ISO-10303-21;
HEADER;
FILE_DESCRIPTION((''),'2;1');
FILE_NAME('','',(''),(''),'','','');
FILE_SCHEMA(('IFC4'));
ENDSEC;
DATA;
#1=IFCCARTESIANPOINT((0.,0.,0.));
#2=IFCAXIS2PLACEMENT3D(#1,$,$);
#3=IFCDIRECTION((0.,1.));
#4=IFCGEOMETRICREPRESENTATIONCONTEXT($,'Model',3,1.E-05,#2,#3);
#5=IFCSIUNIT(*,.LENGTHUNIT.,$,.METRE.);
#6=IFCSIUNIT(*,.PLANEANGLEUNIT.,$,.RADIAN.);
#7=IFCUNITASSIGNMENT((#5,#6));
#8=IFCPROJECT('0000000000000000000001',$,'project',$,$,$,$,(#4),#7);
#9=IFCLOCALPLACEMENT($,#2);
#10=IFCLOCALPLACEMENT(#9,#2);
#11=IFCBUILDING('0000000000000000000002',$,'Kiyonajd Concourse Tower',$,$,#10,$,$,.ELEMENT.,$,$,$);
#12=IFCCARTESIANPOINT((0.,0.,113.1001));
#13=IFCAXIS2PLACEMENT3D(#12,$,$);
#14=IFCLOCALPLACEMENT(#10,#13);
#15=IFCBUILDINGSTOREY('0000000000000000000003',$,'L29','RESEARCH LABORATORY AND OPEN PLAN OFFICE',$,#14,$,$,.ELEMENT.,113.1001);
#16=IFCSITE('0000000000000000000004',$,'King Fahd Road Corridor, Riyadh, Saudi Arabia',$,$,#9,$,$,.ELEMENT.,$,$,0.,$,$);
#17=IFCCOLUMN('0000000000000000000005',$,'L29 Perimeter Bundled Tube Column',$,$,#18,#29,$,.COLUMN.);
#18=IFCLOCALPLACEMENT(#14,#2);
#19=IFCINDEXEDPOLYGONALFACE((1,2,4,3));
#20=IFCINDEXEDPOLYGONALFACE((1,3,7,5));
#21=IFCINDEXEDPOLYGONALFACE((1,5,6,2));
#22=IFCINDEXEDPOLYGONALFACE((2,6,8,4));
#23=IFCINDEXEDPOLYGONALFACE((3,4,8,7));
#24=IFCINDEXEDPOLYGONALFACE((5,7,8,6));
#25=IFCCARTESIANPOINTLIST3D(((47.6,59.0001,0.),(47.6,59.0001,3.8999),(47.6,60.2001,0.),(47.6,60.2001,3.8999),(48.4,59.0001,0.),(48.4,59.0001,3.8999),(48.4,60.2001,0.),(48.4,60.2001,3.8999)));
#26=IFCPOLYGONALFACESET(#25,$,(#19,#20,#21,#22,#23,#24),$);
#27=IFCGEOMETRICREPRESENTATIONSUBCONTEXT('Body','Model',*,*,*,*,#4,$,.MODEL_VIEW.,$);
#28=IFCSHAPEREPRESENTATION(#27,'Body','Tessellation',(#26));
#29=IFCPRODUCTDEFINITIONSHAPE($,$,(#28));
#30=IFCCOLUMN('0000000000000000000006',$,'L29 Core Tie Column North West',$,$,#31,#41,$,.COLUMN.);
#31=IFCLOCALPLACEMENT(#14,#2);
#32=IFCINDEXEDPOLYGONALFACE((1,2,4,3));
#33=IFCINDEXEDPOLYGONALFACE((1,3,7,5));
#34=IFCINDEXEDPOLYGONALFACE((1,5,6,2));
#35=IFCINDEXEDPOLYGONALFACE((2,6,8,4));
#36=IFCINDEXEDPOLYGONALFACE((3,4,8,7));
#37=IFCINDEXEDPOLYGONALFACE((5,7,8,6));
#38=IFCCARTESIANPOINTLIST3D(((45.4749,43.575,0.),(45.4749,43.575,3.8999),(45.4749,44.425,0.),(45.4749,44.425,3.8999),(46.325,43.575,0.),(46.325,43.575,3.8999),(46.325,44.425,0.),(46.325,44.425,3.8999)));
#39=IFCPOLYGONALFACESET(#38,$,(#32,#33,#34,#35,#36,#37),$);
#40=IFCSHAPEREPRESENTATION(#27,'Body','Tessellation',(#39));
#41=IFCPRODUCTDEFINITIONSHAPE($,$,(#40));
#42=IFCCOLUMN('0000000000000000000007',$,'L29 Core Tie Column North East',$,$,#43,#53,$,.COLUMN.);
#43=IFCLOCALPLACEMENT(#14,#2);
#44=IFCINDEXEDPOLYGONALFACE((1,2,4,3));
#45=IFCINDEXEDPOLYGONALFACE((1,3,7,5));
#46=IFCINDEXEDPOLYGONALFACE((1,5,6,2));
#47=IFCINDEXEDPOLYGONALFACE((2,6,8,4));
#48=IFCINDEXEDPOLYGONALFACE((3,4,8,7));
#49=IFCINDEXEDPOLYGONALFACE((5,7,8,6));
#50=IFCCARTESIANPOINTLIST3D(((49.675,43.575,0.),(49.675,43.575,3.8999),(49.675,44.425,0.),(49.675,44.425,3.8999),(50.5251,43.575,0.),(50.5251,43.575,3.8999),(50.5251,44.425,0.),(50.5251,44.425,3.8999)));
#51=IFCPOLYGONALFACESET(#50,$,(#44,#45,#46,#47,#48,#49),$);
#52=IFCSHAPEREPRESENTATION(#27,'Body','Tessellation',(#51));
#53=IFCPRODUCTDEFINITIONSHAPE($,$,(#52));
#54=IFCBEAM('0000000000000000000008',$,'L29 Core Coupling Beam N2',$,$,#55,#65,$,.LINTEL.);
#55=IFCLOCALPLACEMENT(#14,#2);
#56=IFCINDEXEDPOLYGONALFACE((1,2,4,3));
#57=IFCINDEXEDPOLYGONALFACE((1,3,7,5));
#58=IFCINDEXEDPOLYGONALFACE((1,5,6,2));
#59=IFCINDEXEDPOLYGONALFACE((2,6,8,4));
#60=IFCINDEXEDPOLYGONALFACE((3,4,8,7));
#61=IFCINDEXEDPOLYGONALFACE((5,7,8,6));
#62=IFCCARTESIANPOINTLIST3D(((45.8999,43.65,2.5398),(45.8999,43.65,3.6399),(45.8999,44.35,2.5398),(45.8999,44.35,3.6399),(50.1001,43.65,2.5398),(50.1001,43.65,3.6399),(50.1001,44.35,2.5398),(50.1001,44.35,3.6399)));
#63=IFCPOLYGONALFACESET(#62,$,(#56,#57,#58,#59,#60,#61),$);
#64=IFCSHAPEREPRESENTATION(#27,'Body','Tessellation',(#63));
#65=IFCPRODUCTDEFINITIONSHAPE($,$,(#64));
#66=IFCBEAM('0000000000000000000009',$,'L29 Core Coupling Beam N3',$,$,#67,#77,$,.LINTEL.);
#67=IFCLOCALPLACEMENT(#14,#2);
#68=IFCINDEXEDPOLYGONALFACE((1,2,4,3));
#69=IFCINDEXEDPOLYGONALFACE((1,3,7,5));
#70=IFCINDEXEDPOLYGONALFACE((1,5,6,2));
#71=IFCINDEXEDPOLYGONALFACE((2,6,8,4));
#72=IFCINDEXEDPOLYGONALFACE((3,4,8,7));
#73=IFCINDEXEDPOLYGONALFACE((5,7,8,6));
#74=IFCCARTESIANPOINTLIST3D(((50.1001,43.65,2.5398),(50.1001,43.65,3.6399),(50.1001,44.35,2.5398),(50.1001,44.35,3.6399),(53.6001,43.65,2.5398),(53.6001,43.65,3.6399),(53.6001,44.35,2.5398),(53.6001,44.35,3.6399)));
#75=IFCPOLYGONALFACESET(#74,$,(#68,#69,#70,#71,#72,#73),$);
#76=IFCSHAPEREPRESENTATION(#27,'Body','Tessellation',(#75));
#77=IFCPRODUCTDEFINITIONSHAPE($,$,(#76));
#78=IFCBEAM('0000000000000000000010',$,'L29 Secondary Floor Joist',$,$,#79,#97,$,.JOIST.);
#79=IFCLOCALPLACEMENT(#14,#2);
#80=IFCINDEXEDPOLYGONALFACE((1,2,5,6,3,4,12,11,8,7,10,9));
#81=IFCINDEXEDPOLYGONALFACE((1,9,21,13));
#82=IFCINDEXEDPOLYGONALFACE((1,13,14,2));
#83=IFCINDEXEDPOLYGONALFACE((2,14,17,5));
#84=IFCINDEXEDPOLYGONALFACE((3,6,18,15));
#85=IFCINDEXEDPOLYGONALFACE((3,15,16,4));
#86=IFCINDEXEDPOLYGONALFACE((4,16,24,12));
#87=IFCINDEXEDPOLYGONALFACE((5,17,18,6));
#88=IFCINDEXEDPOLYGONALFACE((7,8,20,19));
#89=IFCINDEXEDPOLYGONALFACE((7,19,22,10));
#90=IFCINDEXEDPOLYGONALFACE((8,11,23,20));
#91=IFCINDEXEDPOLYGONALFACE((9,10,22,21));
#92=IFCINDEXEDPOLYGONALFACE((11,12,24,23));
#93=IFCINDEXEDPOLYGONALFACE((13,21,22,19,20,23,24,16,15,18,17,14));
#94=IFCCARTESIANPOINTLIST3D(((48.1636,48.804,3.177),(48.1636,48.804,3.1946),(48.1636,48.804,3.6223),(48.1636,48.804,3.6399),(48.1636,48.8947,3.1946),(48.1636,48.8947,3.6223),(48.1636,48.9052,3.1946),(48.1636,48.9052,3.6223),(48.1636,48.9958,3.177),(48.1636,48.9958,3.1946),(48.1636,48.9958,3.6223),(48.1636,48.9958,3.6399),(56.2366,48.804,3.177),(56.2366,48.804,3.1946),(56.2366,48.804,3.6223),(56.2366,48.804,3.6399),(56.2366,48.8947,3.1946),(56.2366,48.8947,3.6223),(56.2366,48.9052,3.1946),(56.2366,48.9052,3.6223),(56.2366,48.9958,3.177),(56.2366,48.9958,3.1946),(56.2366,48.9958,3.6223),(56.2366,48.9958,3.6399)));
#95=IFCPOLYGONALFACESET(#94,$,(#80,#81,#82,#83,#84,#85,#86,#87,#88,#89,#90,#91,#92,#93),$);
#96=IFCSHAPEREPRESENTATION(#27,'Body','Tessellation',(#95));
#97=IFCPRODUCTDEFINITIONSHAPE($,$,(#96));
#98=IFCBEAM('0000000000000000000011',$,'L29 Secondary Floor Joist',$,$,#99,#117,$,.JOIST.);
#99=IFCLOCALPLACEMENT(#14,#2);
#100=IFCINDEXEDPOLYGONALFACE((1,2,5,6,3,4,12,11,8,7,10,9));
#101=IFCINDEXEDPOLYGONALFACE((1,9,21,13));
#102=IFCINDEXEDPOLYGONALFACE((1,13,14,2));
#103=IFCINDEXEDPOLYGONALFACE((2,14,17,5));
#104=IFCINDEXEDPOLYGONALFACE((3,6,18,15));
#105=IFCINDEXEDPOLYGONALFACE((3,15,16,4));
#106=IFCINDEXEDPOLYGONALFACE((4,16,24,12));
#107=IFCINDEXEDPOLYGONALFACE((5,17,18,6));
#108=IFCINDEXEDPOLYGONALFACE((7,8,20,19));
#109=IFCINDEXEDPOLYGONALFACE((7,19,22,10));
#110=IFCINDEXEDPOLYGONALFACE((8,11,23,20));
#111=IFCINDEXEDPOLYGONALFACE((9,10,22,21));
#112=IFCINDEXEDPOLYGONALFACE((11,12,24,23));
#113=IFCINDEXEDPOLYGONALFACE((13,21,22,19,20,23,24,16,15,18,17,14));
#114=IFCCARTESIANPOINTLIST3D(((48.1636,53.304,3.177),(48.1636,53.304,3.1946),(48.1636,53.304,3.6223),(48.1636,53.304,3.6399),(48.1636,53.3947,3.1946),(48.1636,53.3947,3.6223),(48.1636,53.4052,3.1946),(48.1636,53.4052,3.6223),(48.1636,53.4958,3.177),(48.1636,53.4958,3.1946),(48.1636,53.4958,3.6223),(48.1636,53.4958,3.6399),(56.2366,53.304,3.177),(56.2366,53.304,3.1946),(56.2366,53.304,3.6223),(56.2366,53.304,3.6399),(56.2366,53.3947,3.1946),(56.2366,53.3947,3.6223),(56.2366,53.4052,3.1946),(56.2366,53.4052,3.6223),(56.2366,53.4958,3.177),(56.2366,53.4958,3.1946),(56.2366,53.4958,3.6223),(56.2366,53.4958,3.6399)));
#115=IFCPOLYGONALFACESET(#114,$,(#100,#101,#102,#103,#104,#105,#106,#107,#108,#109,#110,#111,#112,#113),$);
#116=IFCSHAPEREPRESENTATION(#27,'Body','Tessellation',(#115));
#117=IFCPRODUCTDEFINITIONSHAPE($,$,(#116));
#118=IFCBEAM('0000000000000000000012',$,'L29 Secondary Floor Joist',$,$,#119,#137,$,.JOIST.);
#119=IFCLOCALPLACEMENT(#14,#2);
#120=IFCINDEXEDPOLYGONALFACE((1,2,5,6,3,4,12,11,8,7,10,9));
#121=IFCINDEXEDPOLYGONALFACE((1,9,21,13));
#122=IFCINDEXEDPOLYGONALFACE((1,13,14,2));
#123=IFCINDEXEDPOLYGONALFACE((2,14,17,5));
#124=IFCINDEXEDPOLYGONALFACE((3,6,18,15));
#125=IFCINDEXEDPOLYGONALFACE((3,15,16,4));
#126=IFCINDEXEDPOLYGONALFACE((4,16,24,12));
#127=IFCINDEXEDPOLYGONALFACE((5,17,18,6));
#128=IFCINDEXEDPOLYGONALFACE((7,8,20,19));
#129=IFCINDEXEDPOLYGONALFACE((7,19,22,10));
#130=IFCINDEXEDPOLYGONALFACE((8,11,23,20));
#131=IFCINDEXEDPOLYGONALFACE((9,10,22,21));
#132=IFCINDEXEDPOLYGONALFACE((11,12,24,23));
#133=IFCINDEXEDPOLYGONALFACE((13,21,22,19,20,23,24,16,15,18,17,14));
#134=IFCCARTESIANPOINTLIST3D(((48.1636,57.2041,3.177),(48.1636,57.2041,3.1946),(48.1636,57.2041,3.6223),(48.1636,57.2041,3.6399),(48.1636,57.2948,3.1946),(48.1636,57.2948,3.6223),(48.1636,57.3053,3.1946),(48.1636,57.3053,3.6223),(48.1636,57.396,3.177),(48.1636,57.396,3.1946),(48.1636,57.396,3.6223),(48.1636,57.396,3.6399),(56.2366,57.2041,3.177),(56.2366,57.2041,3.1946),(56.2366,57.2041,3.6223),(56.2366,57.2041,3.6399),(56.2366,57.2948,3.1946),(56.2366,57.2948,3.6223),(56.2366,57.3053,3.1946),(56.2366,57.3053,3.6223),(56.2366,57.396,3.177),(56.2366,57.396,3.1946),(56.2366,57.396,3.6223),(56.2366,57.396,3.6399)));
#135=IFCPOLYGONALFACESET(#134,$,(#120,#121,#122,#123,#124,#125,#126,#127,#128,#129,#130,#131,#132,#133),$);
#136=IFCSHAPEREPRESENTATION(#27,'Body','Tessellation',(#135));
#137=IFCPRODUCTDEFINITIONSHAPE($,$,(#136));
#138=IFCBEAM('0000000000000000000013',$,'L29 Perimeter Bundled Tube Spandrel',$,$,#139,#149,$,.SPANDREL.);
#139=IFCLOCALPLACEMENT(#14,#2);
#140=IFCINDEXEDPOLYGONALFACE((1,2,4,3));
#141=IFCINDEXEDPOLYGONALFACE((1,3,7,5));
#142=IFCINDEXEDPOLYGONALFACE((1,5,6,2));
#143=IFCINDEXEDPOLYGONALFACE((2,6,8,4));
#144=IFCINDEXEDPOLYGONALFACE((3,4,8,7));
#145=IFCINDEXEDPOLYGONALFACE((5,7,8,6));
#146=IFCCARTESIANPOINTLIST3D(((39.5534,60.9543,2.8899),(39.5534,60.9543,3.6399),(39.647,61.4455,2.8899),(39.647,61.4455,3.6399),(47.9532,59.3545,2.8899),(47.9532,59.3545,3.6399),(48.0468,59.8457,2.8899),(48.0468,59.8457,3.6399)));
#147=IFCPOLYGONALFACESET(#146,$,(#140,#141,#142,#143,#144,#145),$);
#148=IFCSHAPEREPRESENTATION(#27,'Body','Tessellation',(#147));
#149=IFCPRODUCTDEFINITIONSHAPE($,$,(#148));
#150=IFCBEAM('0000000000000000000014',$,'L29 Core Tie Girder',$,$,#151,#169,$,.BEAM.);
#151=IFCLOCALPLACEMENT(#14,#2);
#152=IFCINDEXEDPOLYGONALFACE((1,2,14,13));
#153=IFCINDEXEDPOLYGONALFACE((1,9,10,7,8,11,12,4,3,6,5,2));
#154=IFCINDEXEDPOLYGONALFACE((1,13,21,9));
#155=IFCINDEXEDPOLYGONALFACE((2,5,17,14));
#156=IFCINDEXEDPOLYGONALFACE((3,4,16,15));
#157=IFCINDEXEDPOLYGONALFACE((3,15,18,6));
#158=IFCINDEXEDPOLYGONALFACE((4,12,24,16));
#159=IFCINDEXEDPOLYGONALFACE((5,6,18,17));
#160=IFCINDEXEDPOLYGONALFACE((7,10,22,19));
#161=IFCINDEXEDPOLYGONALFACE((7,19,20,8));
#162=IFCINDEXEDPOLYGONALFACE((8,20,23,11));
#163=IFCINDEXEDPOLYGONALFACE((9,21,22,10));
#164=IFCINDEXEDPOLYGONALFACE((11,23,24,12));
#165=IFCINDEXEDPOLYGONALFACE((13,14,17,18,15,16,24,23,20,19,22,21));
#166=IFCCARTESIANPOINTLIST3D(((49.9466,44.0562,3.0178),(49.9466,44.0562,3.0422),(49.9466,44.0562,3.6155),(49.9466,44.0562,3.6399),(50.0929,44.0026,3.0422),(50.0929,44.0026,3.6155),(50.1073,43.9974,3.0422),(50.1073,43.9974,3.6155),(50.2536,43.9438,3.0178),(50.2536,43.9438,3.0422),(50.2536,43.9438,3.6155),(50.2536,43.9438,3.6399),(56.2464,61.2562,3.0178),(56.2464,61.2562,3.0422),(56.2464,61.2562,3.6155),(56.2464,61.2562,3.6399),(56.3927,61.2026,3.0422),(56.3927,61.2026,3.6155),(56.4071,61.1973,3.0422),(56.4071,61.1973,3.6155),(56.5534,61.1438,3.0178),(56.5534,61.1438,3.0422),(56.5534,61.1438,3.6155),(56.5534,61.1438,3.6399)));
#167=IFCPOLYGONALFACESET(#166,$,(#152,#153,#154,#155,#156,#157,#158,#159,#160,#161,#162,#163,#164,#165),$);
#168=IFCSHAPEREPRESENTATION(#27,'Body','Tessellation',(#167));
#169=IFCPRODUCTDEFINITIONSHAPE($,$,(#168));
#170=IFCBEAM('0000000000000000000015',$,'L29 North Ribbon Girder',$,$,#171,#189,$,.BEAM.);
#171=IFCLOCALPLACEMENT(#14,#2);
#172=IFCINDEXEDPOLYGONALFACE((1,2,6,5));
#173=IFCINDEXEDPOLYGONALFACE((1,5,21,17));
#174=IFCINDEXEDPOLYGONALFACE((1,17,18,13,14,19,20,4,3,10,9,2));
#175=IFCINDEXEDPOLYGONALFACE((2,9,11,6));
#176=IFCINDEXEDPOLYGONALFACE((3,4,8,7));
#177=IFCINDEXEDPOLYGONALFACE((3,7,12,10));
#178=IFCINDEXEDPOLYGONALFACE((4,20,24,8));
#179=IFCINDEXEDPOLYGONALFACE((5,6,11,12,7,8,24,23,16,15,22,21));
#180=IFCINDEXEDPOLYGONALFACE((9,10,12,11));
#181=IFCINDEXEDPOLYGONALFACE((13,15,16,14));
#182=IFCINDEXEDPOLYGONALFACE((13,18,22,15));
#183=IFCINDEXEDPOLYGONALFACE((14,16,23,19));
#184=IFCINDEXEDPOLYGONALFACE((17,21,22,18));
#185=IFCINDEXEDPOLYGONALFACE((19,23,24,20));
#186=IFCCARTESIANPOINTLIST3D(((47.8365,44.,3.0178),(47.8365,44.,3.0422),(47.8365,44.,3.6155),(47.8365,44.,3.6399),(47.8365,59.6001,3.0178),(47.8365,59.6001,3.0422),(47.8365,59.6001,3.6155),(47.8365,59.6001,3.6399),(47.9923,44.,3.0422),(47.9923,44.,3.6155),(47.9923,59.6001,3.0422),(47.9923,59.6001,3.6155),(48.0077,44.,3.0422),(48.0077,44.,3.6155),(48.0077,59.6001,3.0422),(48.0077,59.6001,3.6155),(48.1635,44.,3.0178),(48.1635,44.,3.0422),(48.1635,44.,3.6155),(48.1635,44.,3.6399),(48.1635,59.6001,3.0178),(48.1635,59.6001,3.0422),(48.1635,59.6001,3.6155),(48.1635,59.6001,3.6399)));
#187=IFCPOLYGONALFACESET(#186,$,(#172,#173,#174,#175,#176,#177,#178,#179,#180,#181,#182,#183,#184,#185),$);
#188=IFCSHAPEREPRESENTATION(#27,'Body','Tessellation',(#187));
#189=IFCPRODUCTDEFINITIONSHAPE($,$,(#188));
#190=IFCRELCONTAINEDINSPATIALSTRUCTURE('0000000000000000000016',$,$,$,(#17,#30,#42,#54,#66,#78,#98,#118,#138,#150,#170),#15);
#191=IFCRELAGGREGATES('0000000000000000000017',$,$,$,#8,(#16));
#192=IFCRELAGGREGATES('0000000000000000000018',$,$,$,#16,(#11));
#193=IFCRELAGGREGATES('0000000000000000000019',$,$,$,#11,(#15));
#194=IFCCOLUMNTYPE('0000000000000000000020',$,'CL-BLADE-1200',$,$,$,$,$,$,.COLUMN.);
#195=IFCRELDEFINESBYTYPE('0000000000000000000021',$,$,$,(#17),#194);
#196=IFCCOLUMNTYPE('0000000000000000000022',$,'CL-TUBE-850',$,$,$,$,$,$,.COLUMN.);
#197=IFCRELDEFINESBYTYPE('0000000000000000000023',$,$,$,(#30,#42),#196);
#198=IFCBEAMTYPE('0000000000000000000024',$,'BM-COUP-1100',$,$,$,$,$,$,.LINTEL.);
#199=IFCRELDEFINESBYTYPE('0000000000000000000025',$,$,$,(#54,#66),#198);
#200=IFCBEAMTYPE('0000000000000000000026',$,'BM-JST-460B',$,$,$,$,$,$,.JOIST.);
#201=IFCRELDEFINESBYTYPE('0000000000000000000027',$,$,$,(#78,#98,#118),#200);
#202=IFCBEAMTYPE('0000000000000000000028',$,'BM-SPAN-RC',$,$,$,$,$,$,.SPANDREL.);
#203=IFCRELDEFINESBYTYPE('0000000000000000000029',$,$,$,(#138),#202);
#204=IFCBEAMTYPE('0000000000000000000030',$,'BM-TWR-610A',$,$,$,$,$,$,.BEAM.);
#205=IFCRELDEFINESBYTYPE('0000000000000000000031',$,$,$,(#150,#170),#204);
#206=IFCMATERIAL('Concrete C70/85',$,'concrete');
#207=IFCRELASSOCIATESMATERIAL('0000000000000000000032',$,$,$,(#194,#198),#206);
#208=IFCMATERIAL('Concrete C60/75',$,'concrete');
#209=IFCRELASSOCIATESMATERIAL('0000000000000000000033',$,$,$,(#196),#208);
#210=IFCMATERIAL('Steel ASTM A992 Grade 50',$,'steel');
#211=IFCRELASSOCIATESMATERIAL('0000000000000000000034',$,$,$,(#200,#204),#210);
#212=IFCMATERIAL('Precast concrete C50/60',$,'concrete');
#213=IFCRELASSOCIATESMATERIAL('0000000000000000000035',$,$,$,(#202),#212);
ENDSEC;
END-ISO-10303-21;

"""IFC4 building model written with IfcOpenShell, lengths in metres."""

from ifc_helpers import new_model, si_unit, direction, frame, origin, origin_2d, place, context, subcontext, project, spatial, rectangle, i_section, extrude, material, material_profile, profile_set, type_object, element, save


model = new_model("IFC4")

# Units and contexts
model_context = context("Model", 3, precision=1e-05, world=origin(), true_north=direction((0.0, 1.0)))
body_context = subcontext(model_context, "Body", "Model", "MODEL_VIEW")
ifc_project = project(units=[si_unit("LENGTHUNIT", "METRE"), si_unit("PLANEANGLEUNIT", "RADIAN")], contexts=[model_context])

# Site, building, storey
site_placement = place(None, origin())
site = spatial("IfcSite", under=ifc_project, at=site_placement, Name="King Fahd Road Corridor, Riyadh, Saudi Arabia", CompositionType="ELEMENT", RefElevation=0.0)
building_placement = place(site_placement, origin())
building = spatial("IfcBuilding", under=site, at=building_placement, Name="Kiyonajd Concourse Tower", CompositionType="ELEMENT")
storey_placement = place(building_placement, frame((0.0, 0.0, 113.1001)))
storey = spatial("IfcBuildingStorey", under=building, at=storey_placement, Name="L29", Description="RESEARCH LABORATORY AND OPEN PLAN OFFICE", CompositionType="ELEMENT", Elevation=113.1001)

# Columns
ifc_material_1 = material(Name="Concrete C70/85", Category="concrete")
ifc_material_profile_1 = material_profile(ifc_material_1, rectangle(XDim=0.8, YDim=1.2, at=origin_2d()), Name="RC-1200x800")
ifc_profile_set_1 = profile_set([ifc_material_profile_1], Name="Concrete C70/85")
column_type_1 = type_object("IfcColumnType", Name="CL-BLADE-1200", PredefinedType="COLUMN", material=ifc_profile_set_1)
column_placement = place(storey_placement, frame((48.0, 59.6001, 0.0), z_axis=(0.0, 0.0, 1.0), x_axis=(1.0, 0.0, 0.0)))
element("IfcColumn", 1, at=column_placement, inside=storey, type_object=column_type_1, Name="L29 Perimeter Bundled Tube Column", PredefinedType="COLUMN", context=body_context, shape_type="SweptSolid", body=[
    extrude(rectangle(XDim=0.8, YDim=1.2, at=origin_2d()), origin(), (0.0, 0.0, 1.0), 3.8999),
])
ifc_material_2 = material(Name="Concrete C60/75", Category="concrete")
ifc_material_profile_2 = material_profile(ifc_material_2, rectangle(XDim=0.8501, YDim=0.8501, at=origin_2d()), Name="RC-850x850")
ifc_profile_set_2 = profile_set([ifc_material_profile_2], Name="Concrete C60/75")
column_type_2 = type_object("IfcColumnType", Name="CL-TUBE-850", PredefinedType="COLUMN", material=ifc_profile_set_2)
for number, where, z_axis, x_axis, name in (
    (2, (45.8999, 44.0, 0.0), (0.0, 0.0, 1.0), (1.0, 0.0, 0.0), "L29 Core Tie Column North West"),
    (3, (50.1001, 44.0, 0.0), (0.0, 0.0, 1.0), (1.0, 0.0, 0.0), "L29 Core Tie Column North East"),
):
    element("IfcColumn", number, at=place(storey_placement, frame(where, z_axis=z_axis, x_axis=x_axis)), inside=storey, type_object=column_type_2, Name=name, PredefinedType="COLUMN", context=body_context, shape_type="SweptSolid", body=[
        extrude(rectangle(XDim=0.8501, YDim=0.8501, at=origin_2d()), origin(), (0.0, 0.0, 1.0), 3.8999),
    ])

# Beams
ifc_material_profile_3 = material_profile(ifc_material_1, rectangle(XDim=0.7, YDim=1.1001, at=origin_2d()), Name="RCBM-700x1100")
ifc_profile_set_3 = profile_set([ifc_material_profile_3], Name="Concrete C70/85")
beam_type_1 = type_object("IfcBeamType", Name="BM-COUP-1100", PredefinedType="LINTEL", material=ifc_profile_set_3)
beam_1_placement = place(storey_placement, frame((45.8999, 44.0, 3.0898), z_axis=(1.0, 0.0, 0.0), x_axis=(0.0, 1.0, 0.0)))
element("IfcBeam", 4, at=beam_1_placement, inside=storey, type_object=beam_type_1, Name="L29 Core Coupling Beam N2", PredefinedType="LINTEL", context=body_context, shape_type="SweptSolid", body=[
    extrude(rectangle(XDim=0.7, YDim=1.1001, at=origin_2d()), origin(), (0.0, 0.0, 1.0), 4.2002),
])
beam_2_placement = place(storey_placement, frame((50.1001, 44.0, 3.0898), z_axis=(1.0, 0.0, 0.0), x_axis=(0.0, 1.0, 0.0)))
element("IfcBeam", 5, at=beam_2_placement, inside=storey, type_object=beam_type_1, Name="L29 Core Coupling Beam N3", PredefinedType="LINTEL", context=body_context, shape_type="SweptSolid", body=[
    extrude(rectangle(XDim=0.7, YDim=1.1001, at=origin_2d()), origin(), (0.0, 0.0, 1.0), 3.5),
])
ifc_material_3 = material(Name="Steel ASTM A992 Grade 50", Category="steel")
ifc_material_profile_4 = material_profile(ifc_material_3, i_section(OverallWidth=0.1919, OverallDepth=0.4629, WebThickness=0.0105, FlangeThickness=0.0176, at=origin_2d()), Name="W460X89")
ifc_profile_set_4 = profile_set([ifc_material_profile_4], Name="Steel ASTM A992 Grade 50")
beam_type_2 = type_object("IfcBeamType", Name="BM-JST-460B", PredefinedType="JOIST", material=ifc_profile_set_4)
for number, where, z_axis, x_axis, name in (
    (6, (48.1636, 48.8999, 3.4084), (1.0, 0.0, 0.0), (0.0, 1.0, 0.0), "L29 Secondary Floor Joist"),
    (7, (48.1636, 53.3999, 3.4084), (1.0, 0.0, 0.0), (0.0, 1.0, 0.0), "L29 Secondary Floor Joist"),
    (8, (48.1636, 57.3, 3.4084), (1.0, 0.0, 0.0), (0.0, 1.0, 0.0), "L29 Secondary Floor Joist"),
):
    element("IfcBeam", number, at=place(storey_placement, frame(where, z_axis=z_axis, x_axis=x_axis)), inside=storey, type_object=beam_type_2, Name=name, PredefinedType="JOIST", context=body_context, shape_type="SweptSolid", body=[
        extrude(i_section(OverallWidth=0.1919, OverallDepth=0.4629, WebThickness=0.0105, FlangeThickness=0.0176, at=origin_2d()), origin(), (0.0, 0.0, 1.0), 8.073),
    ])
ifc_material_4 = material(Name="Precast concrete C50/60", Category="concrete")
ifc_material_profile_5 = material_profile(ifc_material_4, rectangle(XDim=0.5, YDim=0.75, at=origin_2d()), Name="RCBM-500x750")
ifc_profile_set_5 = profile_set([ifc_material_profile_5], Name="Precast concrete C50/60")
beam_type_3 = type_object("IfcBeamType", Name="BM-SPAN-RC", PredefinedType="SPANDREL", material=ifc_profile_set_5)
beam_3_placement = place(storey_placement, frame((48.0, 59.6001, 3.2649), z_axis=(-0.982341, 0.187098, 0.0), x_axis=(-0.187098, -0.982341, 0.0)))
element("IfcBeam", 9, at=beam_3_placement, inside=storey, type_object=beam_type_3, Name="L29 Perimeter Bundled Tube Spandrel", PredefinedType="SPANDREL", context=body_context, shape_type="SweptSolid", body=[
    extrude(rectangle(XDim=0.5, YDim=0.75, at=origin_2d()), origin(), (0.0, 0.0, 1.0), 8.5508),
])
ifc_material_profile_6 = material_profile(ifc_material_3, i_section(OverallWidth=0.3269, OverallDepth=0.6221, WebThickness=0.0154, FlangeThickness=0.0244, at=origin_2d()), Name="W610X195")
ifc_profile_set_6 = profile_set([ifc_material_profile_6], Name="Steel ASTM A992 Grade 50")
beam_type_4 = type_object("IfcBeamType", Name="BM-TWR-610A", PredefinedType="BEAM", material=ifc_profile_set_6)
beam_4_placement = place(storey_placement, frame((50.1001, 44.0, 3.3289), z_axis=(0.343925, 0.938997, 0.0), x_axis=(-0.938997, 0.343925, 0.0)))
element("IfcBeam", 10, at=beam_4_placement, inside=storey, type_object=beam_type_4, Name="L29 Core Tie Girder", PredefinedType="BEAM", context=body_context, shape_type="SweptSolid", body=[
    extrude(i_section(OverallWidth=0.3269, OverallDepth=0.6221, WebThickness=0.0154, FlangeThickness=0.0244, at=origin_2d()), origin(), (0.0, 0.0, 1.0), 18.3174),
])
beam_5_placement = place(storey_placement, frame((48.0, 44.0, 3.3289), z_axis=(0.0, 1.0, 0.0), x_axis=(-1.0, 0.0, 0.0)))
element("IfcBeam", 11, at=beam_5_placement, inside=storey, type_object=beam_type_4, Name="L29 North Ribbon Girder", PredefinedType="BEAM", context=body_context, shape_type="SweptSolid", body=[
    extrude(i_section(OverallWidth=0.3269, OverallDepth=0.6221, WebThickness=0.0154, FlangeThickness=0.0244, at=origin_2d()), origin(), (0.0, 0.0, 1.0), 15.6001),
])

save(model, "model.ifc")
